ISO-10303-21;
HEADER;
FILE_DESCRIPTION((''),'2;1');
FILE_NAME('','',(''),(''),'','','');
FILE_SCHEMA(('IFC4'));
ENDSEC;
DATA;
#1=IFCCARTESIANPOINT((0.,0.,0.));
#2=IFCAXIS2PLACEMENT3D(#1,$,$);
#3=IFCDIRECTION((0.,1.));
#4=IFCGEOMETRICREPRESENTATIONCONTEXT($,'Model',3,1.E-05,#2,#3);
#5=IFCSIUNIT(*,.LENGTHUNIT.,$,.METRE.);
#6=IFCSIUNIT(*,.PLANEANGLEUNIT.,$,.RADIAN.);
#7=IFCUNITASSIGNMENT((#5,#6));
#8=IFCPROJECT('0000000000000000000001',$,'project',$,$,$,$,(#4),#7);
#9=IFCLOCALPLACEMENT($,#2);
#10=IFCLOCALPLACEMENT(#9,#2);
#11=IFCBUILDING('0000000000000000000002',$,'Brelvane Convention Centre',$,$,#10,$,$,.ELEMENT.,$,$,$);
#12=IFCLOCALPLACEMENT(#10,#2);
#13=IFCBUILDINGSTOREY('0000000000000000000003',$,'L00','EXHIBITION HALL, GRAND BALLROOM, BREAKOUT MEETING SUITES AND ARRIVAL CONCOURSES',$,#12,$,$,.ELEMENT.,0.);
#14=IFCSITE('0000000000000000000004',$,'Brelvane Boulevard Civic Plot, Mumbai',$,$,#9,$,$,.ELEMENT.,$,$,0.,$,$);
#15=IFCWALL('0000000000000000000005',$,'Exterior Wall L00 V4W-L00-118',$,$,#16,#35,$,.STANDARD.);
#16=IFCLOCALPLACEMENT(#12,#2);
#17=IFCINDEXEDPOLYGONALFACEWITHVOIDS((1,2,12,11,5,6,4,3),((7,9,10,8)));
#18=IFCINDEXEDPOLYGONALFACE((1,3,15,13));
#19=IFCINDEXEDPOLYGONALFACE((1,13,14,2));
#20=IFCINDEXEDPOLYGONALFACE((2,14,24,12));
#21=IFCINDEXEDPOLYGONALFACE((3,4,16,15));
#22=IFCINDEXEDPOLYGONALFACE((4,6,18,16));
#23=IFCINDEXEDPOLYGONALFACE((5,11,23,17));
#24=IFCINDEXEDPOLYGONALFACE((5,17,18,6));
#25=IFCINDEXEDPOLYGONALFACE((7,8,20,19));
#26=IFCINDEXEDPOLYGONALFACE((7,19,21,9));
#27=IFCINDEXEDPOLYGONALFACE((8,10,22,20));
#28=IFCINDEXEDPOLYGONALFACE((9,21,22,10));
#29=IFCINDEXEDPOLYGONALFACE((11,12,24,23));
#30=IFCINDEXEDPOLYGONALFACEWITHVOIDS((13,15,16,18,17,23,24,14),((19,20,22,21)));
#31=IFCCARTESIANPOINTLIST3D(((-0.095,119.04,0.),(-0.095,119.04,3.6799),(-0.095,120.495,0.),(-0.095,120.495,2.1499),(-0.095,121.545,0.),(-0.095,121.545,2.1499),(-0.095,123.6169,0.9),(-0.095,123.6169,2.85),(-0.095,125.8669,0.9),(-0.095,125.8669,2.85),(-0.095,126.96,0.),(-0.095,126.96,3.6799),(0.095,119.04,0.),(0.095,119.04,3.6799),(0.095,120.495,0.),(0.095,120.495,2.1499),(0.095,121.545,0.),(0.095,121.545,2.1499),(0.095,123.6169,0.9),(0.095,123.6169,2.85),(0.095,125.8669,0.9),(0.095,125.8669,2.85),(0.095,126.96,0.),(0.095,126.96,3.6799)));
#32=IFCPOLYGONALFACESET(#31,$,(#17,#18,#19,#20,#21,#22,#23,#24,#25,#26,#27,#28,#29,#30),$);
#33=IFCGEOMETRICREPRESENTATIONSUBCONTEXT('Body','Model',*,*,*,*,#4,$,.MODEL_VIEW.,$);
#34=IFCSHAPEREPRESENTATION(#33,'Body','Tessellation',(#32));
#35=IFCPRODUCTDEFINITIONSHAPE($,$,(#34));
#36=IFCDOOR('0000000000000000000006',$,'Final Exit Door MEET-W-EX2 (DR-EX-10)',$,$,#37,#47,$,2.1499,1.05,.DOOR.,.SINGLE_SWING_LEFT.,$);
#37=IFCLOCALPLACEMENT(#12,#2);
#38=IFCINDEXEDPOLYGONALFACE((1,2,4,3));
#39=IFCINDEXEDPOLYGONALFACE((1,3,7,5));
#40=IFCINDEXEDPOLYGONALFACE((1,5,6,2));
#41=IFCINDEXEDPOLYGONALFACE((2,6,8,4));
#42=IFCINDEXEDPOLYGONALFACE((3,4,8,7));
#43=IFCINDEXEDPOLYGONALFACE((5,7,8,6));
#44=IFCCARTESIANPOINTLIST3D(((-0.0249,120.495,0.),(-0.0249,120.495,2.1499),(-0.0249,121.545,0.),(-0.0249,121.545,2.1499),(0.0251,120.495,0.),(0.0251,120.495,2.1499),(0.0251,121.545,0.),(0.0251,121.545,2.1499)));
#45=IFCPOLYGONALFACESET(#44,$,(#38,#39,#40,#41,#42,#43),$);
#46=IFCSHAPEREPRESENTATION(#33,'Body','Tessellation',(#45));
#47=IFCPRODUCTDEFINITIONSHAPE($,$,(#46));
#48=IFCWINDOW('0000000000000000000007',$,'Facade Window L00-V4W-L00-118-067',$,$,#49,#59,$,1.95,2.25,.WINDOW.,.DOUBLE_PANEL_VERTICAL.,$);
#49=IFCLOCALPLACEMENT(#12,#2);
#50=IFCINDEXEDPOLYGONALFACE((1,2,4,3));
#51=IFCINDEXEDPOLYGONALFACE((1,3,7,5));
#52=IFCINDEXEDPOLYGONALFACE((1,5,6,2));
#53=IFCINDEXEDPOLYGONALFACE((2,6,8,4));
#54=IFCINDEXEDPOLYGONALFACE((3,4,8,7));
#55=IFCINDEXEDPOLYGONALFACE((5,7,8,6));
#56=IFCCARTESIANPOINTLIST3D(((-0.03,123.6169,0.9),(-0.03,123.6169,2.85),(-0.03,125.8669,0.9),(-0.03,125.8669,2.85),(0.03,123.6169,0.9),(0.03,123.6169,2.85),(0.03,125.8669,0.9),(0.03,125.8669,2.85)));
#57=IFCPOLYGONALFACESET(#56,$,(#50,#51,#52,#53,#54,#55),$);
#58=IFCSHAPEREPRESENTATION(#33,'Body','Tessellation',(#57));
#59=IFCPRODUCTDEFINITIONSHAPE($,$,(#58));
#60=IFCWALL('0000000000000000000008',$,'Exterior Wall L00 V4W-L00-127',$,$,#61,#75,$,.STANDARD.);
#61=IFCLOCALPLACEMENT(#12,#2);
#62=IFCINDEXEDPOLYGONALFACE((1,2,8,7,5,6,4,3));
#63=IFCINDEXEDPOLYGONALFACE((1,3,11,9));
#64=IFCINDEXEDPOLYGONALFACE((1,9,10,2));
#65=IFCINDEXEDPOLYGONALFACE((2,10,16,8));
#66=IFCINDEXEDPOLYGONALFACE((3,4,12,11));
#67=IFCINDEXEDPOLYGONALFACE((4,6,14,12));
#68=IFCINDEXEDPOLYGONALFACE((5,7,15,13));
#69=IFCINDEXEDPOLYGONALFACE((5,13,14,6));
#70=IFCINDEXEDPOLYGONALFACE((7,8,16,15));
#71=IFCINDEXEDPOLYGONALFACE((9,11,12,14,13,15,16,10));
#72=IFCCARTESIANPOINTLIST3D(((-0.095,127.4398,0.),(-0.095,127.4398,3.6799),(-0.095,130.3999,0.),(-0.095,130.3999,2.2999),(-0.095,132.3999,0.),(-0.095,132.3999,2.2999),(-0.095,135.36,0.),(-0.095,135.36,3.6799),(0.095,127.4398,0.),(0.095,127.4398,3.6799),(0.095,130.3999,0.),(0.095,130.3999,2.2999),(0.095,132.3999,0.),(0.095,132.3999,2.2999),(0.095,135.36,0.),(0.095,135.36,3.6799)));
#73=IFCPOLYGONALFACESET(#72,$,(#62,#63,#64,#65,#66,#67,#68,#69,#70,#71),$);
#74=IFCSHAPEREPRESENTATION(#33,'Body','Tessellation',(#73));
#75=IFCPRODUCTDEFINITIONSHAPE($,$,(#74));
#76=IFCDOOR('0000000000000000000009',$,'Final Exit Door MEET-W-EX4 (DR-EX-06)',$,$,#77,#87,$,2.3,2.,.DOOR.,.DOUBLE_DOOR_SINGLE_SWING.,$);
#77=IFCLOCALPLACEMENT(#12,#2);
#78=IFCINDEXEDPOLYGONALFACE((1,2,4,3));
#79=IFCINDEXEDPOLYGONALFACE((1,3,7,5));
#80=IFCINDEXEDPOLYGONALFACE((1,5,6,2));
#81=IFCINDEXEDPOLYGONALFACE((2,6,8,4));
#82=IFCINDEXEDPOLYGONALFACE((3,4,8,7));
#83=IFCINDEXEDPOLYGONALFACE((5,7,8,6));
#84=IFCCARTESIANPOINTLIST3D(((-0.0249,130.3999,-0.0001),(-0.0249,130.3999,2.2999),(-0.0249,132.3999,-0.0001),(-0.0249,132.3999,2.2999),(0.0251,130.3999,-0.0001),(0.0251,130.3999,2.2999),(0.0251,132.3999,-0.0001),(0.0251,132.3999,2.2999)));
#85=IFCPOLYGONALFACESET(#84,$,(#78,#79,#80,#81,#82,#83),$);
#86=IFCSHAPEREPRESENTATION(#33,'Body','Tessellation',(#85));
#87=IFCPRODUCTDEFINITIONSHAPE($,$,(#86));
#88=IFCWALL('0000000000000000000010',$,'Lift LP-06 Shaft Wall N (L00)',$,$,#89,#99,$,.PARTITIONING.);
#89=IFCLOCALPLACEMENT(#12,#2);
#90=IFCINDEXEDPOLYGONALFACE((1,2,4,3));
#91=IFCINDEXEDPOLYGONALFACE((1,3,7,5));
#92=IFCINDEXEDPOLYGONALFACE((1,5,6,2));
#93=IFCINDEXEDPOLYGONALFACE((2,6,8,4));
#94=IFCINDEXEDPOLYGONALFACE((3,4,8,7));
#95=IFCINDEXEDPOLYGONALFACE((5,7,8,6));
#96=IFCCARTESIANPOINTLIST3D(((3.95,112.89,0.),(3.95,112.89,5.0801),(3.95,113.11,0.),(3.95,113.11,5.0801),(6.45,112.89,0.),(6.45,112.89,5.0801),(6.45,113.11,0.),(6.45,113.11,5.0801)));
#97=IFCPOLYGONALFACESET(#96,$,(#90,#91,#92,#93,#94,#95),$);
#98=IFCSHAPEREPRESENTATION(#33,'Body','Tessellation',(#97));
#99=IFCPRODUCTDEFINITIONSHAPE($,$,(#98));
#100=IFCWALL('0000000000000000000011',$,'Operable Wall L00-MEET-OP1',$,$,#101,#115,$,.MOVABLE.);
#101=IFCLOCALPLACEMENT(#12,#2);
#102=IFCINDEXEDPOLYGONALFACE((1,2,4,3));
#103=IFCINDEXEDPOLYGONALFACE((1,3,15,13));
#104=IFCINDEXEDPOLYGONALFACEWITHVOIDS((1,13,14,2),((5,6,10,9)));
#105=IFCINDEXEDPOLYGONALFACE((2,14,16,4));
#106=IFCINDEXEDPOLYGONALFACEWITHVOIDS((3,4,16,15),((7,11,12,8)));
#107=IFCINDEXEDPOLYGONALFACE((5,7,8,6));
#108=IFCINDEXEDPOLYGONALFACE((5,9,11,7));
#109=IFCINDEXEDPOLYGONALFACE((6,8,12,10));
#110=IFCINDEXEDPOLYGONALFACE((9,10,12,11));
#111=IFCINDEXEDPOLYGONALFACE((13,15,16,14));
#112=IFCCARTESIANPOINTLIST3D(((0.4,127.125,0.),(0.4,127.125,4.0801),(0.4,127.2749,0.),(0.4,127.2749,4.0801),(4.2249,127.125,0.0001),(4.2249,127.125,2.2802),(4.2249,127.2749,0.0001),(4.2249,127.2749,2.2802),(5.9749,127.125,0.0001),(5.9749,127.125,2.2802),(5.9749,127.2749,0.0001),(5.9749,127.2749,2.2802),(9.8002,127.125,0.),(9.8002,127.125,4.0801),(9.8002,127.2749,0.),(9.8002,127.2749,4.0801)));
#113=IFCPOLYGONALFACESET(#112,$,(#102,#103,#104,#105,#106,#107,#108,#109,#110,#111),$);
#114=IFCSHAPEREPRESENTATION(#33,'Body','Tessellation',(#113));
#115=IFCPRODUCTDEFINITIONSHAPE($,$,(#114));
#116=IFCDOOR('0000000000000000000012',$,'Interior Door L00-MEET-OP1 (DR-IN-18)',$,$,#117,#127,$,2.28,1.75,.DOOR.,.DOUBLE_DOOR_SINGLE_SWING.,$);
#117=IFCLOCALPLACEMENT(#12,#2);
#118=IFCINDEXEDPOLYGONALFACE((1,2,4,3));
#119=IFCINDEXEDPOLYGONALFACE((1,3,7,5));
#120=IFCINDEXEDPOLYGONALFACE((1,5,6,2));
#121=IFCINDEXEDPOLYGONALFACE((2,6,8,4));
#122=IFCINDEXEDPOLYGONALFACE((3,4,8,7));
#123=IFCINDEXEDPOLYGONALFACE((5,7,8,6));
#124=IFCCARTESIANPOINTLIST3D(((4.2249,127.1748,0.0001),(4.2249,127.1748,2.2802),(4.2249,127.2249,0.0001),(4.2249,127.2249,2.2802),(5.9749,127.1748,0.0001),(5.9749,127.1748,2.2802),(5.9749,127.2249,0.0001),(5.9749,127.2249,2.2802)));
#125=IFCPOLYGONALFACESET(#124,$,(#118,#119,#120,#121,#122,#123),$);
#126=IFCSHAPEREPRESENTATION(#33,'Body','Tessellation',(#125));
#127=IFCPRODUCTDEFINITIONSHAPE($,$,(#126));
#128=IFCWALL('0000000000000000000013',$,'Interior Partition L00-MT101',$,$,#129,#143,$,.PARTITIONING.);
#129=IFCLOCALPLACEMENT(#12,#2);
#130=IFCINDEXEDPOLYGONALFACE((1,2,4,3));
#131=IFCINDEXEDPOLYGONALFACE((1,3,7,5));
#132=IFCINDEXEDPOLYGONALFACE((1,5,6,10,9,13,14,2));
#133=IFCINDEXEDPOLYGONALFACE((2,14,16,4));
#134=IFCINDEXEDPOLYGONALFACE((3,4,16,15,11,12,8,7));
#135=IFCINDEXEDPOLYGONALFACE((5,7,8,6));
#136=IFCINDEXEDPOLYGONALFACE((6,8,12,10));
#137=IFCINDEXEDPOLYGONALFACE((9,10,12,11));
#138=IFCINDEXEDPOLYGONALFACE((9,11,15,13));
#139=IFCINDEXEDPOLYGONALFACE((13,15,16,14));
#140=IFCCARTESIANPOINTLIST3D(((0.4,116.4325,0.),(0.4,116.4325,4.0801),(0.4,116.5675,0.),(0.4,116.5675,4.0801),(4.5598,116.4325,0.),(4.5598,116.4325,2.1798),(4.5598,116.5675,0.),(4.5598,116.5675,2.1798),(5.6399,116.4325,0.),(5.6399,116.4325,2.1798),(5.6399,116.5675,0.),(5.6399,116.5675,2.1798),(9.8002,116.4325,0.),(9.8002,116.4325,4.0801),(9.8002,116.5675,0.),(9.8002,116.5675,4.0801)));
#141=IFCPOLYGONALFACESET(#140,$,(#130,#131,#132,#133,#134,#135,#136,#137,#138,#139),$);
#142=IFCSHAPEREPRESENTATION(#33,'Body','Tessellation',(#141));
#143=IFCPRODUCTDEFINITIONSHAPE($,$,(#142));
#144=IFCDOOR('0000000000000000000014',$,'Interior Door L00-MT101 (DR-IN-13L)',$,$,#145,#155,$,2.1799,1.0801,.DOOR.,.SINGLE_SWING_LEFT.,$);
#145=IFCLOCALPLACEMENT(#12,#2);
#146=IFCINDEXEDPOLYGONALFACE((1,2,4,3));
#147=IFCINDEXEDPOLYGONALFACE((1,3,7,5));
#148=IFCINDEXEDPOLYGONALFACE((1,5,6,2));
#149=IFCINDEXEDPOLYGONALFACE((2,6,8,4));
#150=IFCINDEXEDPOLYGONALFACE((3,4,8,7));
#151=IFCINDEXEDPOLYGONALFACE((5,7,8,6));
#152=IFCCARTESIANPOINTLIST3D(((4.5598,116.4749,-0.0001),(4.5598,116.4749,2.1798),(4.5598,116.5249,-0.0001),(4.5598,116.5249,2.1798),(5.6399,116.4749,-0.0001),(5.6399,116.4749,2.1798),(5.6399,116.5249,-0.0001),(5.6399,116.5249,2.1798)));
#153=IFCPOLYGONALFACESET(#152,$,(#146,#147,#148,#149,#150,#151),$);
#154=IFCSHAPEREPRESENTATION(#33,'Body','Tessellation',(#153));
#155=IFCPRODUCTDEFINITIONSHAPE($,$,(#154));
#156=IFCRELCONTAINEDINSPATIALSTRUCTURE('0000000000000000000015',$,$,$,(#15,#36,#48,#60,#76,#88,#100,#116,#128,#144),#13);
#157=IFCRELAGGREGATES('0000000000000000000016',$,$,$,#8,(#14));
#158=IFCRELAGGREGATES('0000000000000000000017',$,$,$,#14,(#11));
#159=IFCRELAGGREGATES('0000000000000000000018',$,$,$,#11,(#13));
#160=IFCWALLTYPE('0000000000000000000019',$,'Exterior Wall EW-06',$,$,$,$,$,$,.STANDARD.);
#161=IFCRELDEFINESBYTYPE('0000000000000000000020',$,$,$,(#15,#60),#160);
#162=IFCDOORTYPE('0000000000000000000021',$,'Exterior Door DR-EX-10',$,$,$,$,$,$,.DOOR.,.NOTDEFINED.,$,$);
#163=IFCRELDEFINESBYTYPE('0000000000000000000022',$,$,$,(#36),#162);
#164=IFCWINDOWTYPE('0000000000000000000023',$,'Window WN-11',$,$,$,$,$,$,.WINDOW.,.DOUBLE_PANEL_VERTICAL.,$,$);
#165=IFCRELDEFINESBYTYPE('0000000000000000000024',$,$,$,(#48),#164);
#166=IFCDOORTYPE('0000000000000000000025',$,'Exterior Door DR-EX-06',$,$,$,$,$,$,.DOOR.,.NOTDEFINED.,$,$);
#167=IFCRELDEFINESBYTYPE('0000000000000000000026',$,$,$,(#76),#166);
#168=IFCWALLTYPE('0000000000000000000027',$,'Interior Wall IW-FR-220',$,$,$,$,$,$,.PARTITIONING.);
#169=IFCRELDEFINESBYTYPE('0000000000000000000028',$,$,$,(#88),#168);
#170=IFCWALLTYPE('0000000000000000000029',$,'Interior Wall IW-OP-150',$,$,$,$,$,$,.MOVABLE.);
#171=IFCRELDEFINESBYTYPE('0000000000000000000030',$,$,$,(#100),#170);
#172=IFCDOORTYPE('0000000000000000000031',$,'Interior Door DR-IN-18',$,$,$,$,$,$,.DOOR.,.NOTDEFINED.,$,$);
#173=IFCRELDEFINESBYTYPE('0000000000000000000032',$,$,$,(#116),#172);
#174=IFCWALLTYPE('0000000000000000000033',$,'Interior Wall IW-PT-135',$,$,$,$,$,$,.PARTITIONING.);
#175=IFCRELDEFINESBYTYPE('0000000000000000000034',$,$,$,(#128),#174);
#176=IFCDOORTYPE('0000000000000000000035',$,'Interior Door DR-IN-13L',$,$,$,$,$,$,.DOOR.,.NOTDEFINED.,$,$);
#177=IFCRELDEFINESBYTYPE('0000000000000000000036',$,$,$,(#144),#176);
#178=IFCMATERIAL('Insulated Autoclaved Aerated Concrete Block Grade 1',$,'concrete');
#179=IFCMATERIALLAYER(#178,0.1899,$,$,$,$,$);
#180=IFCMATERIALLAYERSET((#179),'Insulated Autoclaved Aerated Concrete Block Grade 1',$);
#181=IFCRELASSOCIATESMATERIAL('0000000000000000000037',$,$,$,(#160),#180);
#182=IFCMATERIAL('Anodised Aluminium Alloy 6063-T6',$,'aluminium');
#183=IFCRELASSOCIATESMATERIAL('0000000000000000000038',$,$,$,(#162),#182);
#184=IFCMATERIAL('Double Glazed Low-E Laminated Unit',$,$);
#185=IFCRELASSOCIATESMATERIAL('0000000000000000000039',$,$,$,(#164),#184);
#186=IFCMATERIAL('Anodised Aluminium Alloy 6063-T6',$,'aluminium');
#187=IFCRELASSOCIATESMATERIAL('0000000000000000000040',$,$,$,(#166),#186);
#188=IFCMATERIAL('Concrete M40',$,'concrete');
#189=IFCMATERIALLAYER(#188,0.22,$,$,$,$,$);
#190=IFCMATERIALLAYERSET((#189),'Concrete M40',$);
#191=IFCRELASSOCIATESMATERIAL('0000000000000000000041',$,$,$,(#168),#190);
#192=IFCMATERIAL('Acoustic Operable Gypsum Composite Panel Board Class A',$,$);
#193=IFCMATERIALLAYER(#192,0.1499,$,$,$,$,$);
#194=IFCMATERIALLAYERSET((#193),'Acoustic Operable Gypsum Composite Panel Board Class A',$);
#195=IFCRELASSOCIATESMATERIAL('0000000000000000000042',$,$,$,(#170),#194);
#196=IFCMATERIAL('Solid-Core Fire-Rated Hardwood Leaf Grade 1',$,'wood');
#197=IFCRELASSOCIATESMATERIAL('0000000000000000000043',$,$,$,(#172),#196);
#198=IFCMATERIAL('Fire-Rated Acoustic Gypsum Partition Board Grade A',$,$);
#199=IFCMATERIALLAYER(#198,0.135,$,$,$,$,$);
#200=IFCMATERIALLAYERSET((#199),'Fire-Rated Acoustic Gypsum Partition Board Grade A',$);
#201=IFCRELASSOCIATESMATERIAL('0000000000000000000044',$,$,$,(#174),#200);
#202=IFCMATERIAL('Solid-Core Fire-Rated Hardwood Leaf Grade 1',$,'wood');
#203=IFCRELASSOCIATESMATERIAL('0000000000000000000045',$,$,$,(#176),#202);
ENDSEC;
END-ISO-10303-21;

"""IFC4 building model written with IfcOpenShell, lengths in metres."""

from ifc_helpers import new_model, si_unit, direction, frame, frame_2d, origin, place, context, subcontext, project, spatial, rectangle, extrude, material, layer, layer_set, type_object, element, fill, save


model = new_model("IFC4")

# Units and contexts
model_context = context("Model", 3, precision=1e-05, world=origin(), true_north=direction((0.0, 1.0)))
body_context = subcontext(model_context, "Body", "Model", "MODEL_VIEW")
ifc_project = project(units=[si_unit("LENGTHUNIT", "METRE"), si_unit("PLANEANGLEUNIT", "RADIAN")], contexts=[model_context])

# Site, building, storey
site_placement = place(None, origin())
site = spatial("IfcSite", under=ifc_project, at=site_placement, Name="Brelvane Boulevard Civic Plot, Mumbai", CompositionType="ELEMENT", RefElevation=0.0)
building_placement = place(site_placement, origin())
building = spatial("IfcBuilding", under=site, at=building_placement, Name="Brelvane Convention Centre", CompositionType="ELEMENT")
storey_placement = place(building_placement, origin())
storey = spatial("IfcBuildingStorey", under=building, at=storey_placement, Name="L00", Description="EXHIBITION HALL, GRAND BALLROOM, BREAKOUT MEETING SUITES AND ARRIVAL CONCOURSES", CompositionType="ELEMENT", Elevation=0.0)

# Wall, openings, door, window
ifc_material_1 = material(Name="Insulated Autoclaved Aerated Concrete Block Grade 1", Category="concrete")
ifc_layer_1 = layer(ifc_material_1, 0.1899)
ifc_layer_set_1 = layer_set([ifc_layer_1], Name="Insulated Autoclaved Aerated Concrete Block Grade 1")
wall_type_1 = type_object("IfcWallType", Name="Exterior Wall EW-06", PredefinedType="STANDARD", material=ifc_layer_set_1)
wall_1_placement = place(storey_placement, frame((0.0, 119.04, 0.0), z_axis=(0.0, 0.0, 1.0), x_axis=(0.0, 1.0, 0.0)))
wall_1 = element("IfcWall", 1, at=wall_1_placement, inside=storey, type_object=wall_type_1, Name="Exterior Wall L00 V4W-L00-118", PredefinedType="STANDARD", context=body_context, shape_type="SweptSolid", body=[
    extrude(rectangle(XDim=7.9199, YDim=0.1899, at=frame_2d((3.96, 0.0))), origin(), (0.0, 0.0, 1.0), 3.6799),
])
opening_1_placement = place(wall_1_placement, frame((1.4551, 0.0, 0.0)))
opening_1 = element("IfcOpeningElement", 2, at=opening_1_placement, cuts=wall_1, PredefinedType="OPENING", context=body_context, shape_type="SweptSolid", body=[
    extrude(rectangle(XDim=1.05, YDim=2.1499, at=frame_2d((0.5249, 1.075))), frame((0.0, 0.105, 0.0), z_axis=(0.0, -1.0, 0.0), x_axis=(1.0, 0.0, 0.0)), (0.0, 0.0, 1.0), 0.21),
])
opening_2_placement = place(wall_1_placement, frame((4.5769, 0.0, 0.8999)))
opening_2 = element("IfcOpeningElement", 3, at=opening_2_placement, cuts=wall_1, PredefinedType="OPENING", context=body_context, shape_type="SweptSolid", body=[
    extrude(rectangle(XDim=2.25, YDim=1.95, at=frame_2d((1.125, 0.9751))), frame((0.0, 0.105, 0.0), z_axis=(0.0, -1.0, 0.0), x_axis=(1.0, 0.0, 0.0)), (0.0, 0.0, 1.0), 0.21),
])
ifc_material_2 = material(Name="Anodised Aluminium Alloy 6063-T6", Category="aluminium")
door_type_1 = type_object("IfcDoorType", Name="Exterior Door DR-EX-10", OperationType="NOTDEFINED", PredefinedType="DOOR", material=ifc_material_2)
door_1_placement = place(opening_1_placement, origin())
door_1 = element("IfcDoor", 4, at=door_1_placement, inside=storey, type_object=door_type_1, Name="Final Exit Door MEET-W-EX2 (DR-EX-10)", OperationType="SINGLE_SWING_LEFT", OverallHeight=2.1499, OverallWidth=1.05, PredefinedType="DOOR", context=body_context, shape_type="SweptSolid", body=[
    extrude(rectangle(XDim=1.05, YDim=2.1499, at=frame_2d((0.5249, 1.075))), frame((0.0, 0.0249, 0.0), z_axis=(0.0, -1.0, 0.0), x_axis=(1.0, 0.0, 0.0)), (0.0, 0.0, 1.0), 0.05),
])
fill(opening_1, door_1)
ifc_material_3 = material(Name="Double Glazed Low-E Laminated Unit")
window_type = type_object("IfcWindowType", Name="Window WN-11", PartitioningType="DOUBLE_PANEL_VERTICAL", PredefinedType="WINDOW", material=ifc_material_3)
window_placement = place(opening_2_placement, origin())
window = element("IfcWindow", 5, at=window_placement, inside=storey, type_object=window_type, Name="Facade Window L00-V4W-L00-118-067", OverallHeight=1.95, OverallWidth=2.25, PartitioningType="DOUBLE_PANEL_VERTICAL", PredefinedType="WINDOW", context=body_context, shape_type="SweptSolid", body=[
    extrude(rectangle(XDim=2.25, YDim=1.95, at=frame_2d((1.125, 0.9751))), frame((0.0, 0.03, 0.0), z_axis=(0.0, -1.0, 0.0), x_axis=(1.0, 0.0, 0.0)), (0.0, 0.0, 1.0), 0.0601),
])
fill(opening_2, window)

# Wall, opening, door
wall_2_placement = place(storey_placement, frame((0.0, 127.4399, 0.0), z_axis=(0.0, 0.0, 1.0), x_axis=(0.0, 1.0, 0.0)))
wall_2 = element("IfcWall", 6, at=wall_2_placement, inside=storey, type_object=wall_type_1, Name="Exterior Wall L00 V4W-L00-127", PredefinedType="STANDARD", context=body_context, shape_type="SweptSolid", body=[
    extrude(rectangle(XDim=7.9202, YDim=0.1899, at=frame_2d((3.96, 0.0))), origin(), (0.0, 0.0, 1.0), 3.6799),
])
opening_3_placement = place(wall_2_placement, frame((2.96, 0.0, 0.0)))
opening_3 = element("IfcOpeningElement", 7, at=opening_3_placement, cuts=wall_2, PredefinedType="OPENING", context=body_context, shape_type="SweptSolid", body=[
    extrude(rectangle(XDim=2.0, YDim=2.3, at=frame_2d((1.0, 1.1499))), frame((0.0, 0.105, 0.0), z_axis=(0.0, -1.0, 0.0), x_axis=(1.0, 0.0, 0.0)), (0.0, 0.0, 1.0), 0.21),
])
ifc_material_4 = material(Name="Anodised Aluminium Alloy 6063-T6", Category="aluminium")
door_type_2 = type_object("IfcDoorType", Name="Exterior Door DR-EX-06", OperationType="NOTDEFINED", PredefinedType="DOOR", material=ifc_material_4)
door_2_placement = place(opening_3_placement, origin())
door_2 = element("IfcDoor", 8, at=door_2_placement, inside=storey, type_object=door_type_2, Name="Final Exit Door MEET-W-EX4 (DR-EX-06)", OperationType="DOUBLE_DOOR_SINGLE_SWING", OverallHeight=2.3, OverallWidth=2.0, PredefinedType="DOOR", context=body_context, shape_type="SweptSolid", body=[
    extrude(rectangle(XDim=2.0, YDim=2.3, at=frame_2d((1.0, 1.1499))), frame((0.0, 0.0249, 0.0), z_axis=(0.0, -1.0, 0.0), x_axis=(1.0, 0.0, 0.0)), (0.0, 0.0, 1.0), 0.05),
])
fill(opening_3, door_2)

# Wall
ifc_material_5 = material(Name="Concrete M40", Category="concrete")
ifc_layer_2 = layer(ifc_material_5, 0.22)
ifc_layer_set_2 = layer_set([ifc_layer_2], Name="Concrete M40")
wall_type_2 = type_object("IfcWallType", Name="Interior Wall IW-FR-220", PredefinedType="PARTITIONING", material=ifc_layer_set_2)
wall_3_placement = place(storey_placement, frame((3.95, 113.0, 0.0), z_axis=(0.0, 0.0, 1.0), x_axis=(1.0, 0.0, 0.0)))
element("IfcWall", 9, at=wall_3_placement, inside=storey, type_object=wall_type_2, Name="Lift LP-06 Shaft Wall N (L00)", PredefinedType="PARTITIONING", context=body_context, shape_type="SweptSolid", body=[
    extrude(rectangle(XDim=2.5, YDim=0.22, at=frame_2d((1.25, 0.0))), origin(), (0.0, 0.0, 1.0), 5.0801),
])

# Walls, openings, doors
ifc_material_6 = material(Name="Acoustic Operable Gypsum Composite Panel Board Class A")
ifc_layer_3 = layer(ifc_material_6, 0.1499)
ifc_layer_set_3 = layer_set([ifc_layer_3], Name="Acoustic Operable Gypsum Composite Panel Board Class A")
wall_type_3 = type_object("IfcWallType", Name="Interior Wall IW-OP-150", PredefinedType="MOVABLE", material=ifc_layer_set_3)
wall_4_placement = place(storey_placement, frame((0.3999, 127.2, 0.0), z_axis=(0.0, 0.0, 1.0), x_axis=(1.0, 0.0, 0.0)))
wall_4 = element("IfcWall", 10, at=wall_4_placement, inside=storey, type_object=wall_type_3, Name="Operable Wall L00-MEET-OP1", PredefinedType="MOVABLE", context=body_context, shape_type="SweptSolid", body=[
    extrude(rectangle(XDim=9.4001, YDim=0.1499, at=frame_2d((4.7002, 0.0))), origin(), (0.0, 0.0, 1.0), 4.0801),
])
opening_4_placement = place(wall_4_placement, frame((3.825, 0.0, 0.0)))
opening_4 = element("IfcOpeningElement", 11, at=opening_4_placement, cuts=wall_4, PredefinedType="OPENING", context=body_context, shape_type="SweptSolid", body=[
    extrude(rectangle(XDim=1.75, YDim=2.28, at=frame_2d((0.875, 1.1401))), frame((0.0, 0.085, 0.0), z_axis=(0.0, -1.0, 0.0), x_axis=(1.0, 0.0, 0.0)), (0.0, 0.0, 1.0), 0.1699),
])
ifc_material_7 = material(Name="Solid-Core Fire-Rated Hardwood Leaf Grade 1", Category="wood")
door_type_3 = type_object("IfcDoorType", Name="Interior Door DR-IN-18", OperationType="NOTDEFINED", PredefinedType="DOOR", material=ifc_material_7)
door_3_placement = place(opening_4_placement, origin())
door_3 = element("IfcDoor", 12, at=door_3_placement, inside=storey, type_object=door_type_3, Name="Interior Door L00-MEET-OP1 (DR-IN-18)", OperationType="DOUBLE_DOOR_SINGLE_SWING", OverallHeight=2.28, OverallWidth=1.75, PredefinedType="DOOR", context=body_context, shape_type="SweptSolid", body=[
    extrude(rectangle(XDim=1.75, YDim=2.28, at=frame_2d((0.875, 1.1401))), frame((0.0, 0.0249, 0.0), z_axis=(0.0, -1.0, 0.0), x_axis=(1.0, 0.0, 0.0)), (0.0, 0.0, 1.0), 0.05),
])
fill(opening_4, door_3)
ifc_material_8 = material(Name="Fire-Rated Acoustic Gypsum Partition Board Grade A")
ifc_layer_4 = layer(ifc_material_8, 0.135)
ifc_layer_set_4 = layer_set([ifc_layer_4], Name="Fire-Rated Acoustic Gypsum Partition Board Grade A")
wall_type_4 = type_object("IfcWallType", Name="Interior Wall IW-PT-135", PredefinedType="PARTITIONING", material=ifc_layer_set_4)
wall_5_placement = place(storey_placement, frame((0.3999, 116.5, 0.0), z_axis=(0.0, 0.0, 1.0), x_axis=(1.0, 0.0, 0.0)))
wall_5 = element("IfcWall", 13, at=wall_5_placement, inside=storey, type_object=wall_type_4, Name="Interior Partition L00-MT101", PredefinedType="PARTITIONING", context=body_context, shape_type="SweptSolid", body=[
    extrude(rectangle(XDim=9.4001, YDim=0.135, at=frame_2d((4.7002, 0.0))), origin(), (0.0, 0.0, 1.0), 4.0801),
])
opening_5_placement = place(wall_5_placement, frame((4.1599, 0.0, 0.0)))
opening_5 = element("IfcOpeningElement", 14, at=opening_5_placement, cuts=wall_5, PredefinedType="OPENING", context=body_context, shape_type="SweptSolid", body=[
    extrude(rectangle(XDim=1.0801, YDim=2.1799, at=frame_2d((0.54, 1.0898))), frame((0.0, 0.0774, 0.0), z_axis=(0.0, -1.0, 0.0), x_axis=(1.0, 0.0, 0.0)), (0.0, 0.0, 1.0), 0.155),
])
ifc_material_9 = material(Name="Solid-Core Fire-Rated Hardwood Leaf Grade 1", Category="wood")
door_type_4 = type_object("IfcDoorType", Name="Interior Door DR-IN-13L", OperationType="NOTDEFINED", PredefinedType="DOOR", material=ifc_material_9)
door_4_placement = place(opening_5_placement, origin())
door_4 = element("IfcDoor", 15, at=door_4_placement, inside=storey, type_object=door_type_4, Name="Interior Door L00-MT101 (DR-IN-13L)", OperationType="SINGLE_SWING_LEFT", OverallHeight=2.1799, OverallWidth=1.0801, PredefinedType="DOOR", context=body_context, shape_type="SweptSolid", body=[
    extrude(rectangle(XDim=1.0801, YDim=2.1799, at=frame_2d((0.54, 1.0898))), frame((0.0, 0.0249, 0.0), z_axis=(0.0, -1.0, 0.0), x_axis=(1.0, 0.0, 0.0)), (0.0, 0.0, 1.0), 0.05),
])
fill(opening_5, door_4)

save(model, "model.ifc")
